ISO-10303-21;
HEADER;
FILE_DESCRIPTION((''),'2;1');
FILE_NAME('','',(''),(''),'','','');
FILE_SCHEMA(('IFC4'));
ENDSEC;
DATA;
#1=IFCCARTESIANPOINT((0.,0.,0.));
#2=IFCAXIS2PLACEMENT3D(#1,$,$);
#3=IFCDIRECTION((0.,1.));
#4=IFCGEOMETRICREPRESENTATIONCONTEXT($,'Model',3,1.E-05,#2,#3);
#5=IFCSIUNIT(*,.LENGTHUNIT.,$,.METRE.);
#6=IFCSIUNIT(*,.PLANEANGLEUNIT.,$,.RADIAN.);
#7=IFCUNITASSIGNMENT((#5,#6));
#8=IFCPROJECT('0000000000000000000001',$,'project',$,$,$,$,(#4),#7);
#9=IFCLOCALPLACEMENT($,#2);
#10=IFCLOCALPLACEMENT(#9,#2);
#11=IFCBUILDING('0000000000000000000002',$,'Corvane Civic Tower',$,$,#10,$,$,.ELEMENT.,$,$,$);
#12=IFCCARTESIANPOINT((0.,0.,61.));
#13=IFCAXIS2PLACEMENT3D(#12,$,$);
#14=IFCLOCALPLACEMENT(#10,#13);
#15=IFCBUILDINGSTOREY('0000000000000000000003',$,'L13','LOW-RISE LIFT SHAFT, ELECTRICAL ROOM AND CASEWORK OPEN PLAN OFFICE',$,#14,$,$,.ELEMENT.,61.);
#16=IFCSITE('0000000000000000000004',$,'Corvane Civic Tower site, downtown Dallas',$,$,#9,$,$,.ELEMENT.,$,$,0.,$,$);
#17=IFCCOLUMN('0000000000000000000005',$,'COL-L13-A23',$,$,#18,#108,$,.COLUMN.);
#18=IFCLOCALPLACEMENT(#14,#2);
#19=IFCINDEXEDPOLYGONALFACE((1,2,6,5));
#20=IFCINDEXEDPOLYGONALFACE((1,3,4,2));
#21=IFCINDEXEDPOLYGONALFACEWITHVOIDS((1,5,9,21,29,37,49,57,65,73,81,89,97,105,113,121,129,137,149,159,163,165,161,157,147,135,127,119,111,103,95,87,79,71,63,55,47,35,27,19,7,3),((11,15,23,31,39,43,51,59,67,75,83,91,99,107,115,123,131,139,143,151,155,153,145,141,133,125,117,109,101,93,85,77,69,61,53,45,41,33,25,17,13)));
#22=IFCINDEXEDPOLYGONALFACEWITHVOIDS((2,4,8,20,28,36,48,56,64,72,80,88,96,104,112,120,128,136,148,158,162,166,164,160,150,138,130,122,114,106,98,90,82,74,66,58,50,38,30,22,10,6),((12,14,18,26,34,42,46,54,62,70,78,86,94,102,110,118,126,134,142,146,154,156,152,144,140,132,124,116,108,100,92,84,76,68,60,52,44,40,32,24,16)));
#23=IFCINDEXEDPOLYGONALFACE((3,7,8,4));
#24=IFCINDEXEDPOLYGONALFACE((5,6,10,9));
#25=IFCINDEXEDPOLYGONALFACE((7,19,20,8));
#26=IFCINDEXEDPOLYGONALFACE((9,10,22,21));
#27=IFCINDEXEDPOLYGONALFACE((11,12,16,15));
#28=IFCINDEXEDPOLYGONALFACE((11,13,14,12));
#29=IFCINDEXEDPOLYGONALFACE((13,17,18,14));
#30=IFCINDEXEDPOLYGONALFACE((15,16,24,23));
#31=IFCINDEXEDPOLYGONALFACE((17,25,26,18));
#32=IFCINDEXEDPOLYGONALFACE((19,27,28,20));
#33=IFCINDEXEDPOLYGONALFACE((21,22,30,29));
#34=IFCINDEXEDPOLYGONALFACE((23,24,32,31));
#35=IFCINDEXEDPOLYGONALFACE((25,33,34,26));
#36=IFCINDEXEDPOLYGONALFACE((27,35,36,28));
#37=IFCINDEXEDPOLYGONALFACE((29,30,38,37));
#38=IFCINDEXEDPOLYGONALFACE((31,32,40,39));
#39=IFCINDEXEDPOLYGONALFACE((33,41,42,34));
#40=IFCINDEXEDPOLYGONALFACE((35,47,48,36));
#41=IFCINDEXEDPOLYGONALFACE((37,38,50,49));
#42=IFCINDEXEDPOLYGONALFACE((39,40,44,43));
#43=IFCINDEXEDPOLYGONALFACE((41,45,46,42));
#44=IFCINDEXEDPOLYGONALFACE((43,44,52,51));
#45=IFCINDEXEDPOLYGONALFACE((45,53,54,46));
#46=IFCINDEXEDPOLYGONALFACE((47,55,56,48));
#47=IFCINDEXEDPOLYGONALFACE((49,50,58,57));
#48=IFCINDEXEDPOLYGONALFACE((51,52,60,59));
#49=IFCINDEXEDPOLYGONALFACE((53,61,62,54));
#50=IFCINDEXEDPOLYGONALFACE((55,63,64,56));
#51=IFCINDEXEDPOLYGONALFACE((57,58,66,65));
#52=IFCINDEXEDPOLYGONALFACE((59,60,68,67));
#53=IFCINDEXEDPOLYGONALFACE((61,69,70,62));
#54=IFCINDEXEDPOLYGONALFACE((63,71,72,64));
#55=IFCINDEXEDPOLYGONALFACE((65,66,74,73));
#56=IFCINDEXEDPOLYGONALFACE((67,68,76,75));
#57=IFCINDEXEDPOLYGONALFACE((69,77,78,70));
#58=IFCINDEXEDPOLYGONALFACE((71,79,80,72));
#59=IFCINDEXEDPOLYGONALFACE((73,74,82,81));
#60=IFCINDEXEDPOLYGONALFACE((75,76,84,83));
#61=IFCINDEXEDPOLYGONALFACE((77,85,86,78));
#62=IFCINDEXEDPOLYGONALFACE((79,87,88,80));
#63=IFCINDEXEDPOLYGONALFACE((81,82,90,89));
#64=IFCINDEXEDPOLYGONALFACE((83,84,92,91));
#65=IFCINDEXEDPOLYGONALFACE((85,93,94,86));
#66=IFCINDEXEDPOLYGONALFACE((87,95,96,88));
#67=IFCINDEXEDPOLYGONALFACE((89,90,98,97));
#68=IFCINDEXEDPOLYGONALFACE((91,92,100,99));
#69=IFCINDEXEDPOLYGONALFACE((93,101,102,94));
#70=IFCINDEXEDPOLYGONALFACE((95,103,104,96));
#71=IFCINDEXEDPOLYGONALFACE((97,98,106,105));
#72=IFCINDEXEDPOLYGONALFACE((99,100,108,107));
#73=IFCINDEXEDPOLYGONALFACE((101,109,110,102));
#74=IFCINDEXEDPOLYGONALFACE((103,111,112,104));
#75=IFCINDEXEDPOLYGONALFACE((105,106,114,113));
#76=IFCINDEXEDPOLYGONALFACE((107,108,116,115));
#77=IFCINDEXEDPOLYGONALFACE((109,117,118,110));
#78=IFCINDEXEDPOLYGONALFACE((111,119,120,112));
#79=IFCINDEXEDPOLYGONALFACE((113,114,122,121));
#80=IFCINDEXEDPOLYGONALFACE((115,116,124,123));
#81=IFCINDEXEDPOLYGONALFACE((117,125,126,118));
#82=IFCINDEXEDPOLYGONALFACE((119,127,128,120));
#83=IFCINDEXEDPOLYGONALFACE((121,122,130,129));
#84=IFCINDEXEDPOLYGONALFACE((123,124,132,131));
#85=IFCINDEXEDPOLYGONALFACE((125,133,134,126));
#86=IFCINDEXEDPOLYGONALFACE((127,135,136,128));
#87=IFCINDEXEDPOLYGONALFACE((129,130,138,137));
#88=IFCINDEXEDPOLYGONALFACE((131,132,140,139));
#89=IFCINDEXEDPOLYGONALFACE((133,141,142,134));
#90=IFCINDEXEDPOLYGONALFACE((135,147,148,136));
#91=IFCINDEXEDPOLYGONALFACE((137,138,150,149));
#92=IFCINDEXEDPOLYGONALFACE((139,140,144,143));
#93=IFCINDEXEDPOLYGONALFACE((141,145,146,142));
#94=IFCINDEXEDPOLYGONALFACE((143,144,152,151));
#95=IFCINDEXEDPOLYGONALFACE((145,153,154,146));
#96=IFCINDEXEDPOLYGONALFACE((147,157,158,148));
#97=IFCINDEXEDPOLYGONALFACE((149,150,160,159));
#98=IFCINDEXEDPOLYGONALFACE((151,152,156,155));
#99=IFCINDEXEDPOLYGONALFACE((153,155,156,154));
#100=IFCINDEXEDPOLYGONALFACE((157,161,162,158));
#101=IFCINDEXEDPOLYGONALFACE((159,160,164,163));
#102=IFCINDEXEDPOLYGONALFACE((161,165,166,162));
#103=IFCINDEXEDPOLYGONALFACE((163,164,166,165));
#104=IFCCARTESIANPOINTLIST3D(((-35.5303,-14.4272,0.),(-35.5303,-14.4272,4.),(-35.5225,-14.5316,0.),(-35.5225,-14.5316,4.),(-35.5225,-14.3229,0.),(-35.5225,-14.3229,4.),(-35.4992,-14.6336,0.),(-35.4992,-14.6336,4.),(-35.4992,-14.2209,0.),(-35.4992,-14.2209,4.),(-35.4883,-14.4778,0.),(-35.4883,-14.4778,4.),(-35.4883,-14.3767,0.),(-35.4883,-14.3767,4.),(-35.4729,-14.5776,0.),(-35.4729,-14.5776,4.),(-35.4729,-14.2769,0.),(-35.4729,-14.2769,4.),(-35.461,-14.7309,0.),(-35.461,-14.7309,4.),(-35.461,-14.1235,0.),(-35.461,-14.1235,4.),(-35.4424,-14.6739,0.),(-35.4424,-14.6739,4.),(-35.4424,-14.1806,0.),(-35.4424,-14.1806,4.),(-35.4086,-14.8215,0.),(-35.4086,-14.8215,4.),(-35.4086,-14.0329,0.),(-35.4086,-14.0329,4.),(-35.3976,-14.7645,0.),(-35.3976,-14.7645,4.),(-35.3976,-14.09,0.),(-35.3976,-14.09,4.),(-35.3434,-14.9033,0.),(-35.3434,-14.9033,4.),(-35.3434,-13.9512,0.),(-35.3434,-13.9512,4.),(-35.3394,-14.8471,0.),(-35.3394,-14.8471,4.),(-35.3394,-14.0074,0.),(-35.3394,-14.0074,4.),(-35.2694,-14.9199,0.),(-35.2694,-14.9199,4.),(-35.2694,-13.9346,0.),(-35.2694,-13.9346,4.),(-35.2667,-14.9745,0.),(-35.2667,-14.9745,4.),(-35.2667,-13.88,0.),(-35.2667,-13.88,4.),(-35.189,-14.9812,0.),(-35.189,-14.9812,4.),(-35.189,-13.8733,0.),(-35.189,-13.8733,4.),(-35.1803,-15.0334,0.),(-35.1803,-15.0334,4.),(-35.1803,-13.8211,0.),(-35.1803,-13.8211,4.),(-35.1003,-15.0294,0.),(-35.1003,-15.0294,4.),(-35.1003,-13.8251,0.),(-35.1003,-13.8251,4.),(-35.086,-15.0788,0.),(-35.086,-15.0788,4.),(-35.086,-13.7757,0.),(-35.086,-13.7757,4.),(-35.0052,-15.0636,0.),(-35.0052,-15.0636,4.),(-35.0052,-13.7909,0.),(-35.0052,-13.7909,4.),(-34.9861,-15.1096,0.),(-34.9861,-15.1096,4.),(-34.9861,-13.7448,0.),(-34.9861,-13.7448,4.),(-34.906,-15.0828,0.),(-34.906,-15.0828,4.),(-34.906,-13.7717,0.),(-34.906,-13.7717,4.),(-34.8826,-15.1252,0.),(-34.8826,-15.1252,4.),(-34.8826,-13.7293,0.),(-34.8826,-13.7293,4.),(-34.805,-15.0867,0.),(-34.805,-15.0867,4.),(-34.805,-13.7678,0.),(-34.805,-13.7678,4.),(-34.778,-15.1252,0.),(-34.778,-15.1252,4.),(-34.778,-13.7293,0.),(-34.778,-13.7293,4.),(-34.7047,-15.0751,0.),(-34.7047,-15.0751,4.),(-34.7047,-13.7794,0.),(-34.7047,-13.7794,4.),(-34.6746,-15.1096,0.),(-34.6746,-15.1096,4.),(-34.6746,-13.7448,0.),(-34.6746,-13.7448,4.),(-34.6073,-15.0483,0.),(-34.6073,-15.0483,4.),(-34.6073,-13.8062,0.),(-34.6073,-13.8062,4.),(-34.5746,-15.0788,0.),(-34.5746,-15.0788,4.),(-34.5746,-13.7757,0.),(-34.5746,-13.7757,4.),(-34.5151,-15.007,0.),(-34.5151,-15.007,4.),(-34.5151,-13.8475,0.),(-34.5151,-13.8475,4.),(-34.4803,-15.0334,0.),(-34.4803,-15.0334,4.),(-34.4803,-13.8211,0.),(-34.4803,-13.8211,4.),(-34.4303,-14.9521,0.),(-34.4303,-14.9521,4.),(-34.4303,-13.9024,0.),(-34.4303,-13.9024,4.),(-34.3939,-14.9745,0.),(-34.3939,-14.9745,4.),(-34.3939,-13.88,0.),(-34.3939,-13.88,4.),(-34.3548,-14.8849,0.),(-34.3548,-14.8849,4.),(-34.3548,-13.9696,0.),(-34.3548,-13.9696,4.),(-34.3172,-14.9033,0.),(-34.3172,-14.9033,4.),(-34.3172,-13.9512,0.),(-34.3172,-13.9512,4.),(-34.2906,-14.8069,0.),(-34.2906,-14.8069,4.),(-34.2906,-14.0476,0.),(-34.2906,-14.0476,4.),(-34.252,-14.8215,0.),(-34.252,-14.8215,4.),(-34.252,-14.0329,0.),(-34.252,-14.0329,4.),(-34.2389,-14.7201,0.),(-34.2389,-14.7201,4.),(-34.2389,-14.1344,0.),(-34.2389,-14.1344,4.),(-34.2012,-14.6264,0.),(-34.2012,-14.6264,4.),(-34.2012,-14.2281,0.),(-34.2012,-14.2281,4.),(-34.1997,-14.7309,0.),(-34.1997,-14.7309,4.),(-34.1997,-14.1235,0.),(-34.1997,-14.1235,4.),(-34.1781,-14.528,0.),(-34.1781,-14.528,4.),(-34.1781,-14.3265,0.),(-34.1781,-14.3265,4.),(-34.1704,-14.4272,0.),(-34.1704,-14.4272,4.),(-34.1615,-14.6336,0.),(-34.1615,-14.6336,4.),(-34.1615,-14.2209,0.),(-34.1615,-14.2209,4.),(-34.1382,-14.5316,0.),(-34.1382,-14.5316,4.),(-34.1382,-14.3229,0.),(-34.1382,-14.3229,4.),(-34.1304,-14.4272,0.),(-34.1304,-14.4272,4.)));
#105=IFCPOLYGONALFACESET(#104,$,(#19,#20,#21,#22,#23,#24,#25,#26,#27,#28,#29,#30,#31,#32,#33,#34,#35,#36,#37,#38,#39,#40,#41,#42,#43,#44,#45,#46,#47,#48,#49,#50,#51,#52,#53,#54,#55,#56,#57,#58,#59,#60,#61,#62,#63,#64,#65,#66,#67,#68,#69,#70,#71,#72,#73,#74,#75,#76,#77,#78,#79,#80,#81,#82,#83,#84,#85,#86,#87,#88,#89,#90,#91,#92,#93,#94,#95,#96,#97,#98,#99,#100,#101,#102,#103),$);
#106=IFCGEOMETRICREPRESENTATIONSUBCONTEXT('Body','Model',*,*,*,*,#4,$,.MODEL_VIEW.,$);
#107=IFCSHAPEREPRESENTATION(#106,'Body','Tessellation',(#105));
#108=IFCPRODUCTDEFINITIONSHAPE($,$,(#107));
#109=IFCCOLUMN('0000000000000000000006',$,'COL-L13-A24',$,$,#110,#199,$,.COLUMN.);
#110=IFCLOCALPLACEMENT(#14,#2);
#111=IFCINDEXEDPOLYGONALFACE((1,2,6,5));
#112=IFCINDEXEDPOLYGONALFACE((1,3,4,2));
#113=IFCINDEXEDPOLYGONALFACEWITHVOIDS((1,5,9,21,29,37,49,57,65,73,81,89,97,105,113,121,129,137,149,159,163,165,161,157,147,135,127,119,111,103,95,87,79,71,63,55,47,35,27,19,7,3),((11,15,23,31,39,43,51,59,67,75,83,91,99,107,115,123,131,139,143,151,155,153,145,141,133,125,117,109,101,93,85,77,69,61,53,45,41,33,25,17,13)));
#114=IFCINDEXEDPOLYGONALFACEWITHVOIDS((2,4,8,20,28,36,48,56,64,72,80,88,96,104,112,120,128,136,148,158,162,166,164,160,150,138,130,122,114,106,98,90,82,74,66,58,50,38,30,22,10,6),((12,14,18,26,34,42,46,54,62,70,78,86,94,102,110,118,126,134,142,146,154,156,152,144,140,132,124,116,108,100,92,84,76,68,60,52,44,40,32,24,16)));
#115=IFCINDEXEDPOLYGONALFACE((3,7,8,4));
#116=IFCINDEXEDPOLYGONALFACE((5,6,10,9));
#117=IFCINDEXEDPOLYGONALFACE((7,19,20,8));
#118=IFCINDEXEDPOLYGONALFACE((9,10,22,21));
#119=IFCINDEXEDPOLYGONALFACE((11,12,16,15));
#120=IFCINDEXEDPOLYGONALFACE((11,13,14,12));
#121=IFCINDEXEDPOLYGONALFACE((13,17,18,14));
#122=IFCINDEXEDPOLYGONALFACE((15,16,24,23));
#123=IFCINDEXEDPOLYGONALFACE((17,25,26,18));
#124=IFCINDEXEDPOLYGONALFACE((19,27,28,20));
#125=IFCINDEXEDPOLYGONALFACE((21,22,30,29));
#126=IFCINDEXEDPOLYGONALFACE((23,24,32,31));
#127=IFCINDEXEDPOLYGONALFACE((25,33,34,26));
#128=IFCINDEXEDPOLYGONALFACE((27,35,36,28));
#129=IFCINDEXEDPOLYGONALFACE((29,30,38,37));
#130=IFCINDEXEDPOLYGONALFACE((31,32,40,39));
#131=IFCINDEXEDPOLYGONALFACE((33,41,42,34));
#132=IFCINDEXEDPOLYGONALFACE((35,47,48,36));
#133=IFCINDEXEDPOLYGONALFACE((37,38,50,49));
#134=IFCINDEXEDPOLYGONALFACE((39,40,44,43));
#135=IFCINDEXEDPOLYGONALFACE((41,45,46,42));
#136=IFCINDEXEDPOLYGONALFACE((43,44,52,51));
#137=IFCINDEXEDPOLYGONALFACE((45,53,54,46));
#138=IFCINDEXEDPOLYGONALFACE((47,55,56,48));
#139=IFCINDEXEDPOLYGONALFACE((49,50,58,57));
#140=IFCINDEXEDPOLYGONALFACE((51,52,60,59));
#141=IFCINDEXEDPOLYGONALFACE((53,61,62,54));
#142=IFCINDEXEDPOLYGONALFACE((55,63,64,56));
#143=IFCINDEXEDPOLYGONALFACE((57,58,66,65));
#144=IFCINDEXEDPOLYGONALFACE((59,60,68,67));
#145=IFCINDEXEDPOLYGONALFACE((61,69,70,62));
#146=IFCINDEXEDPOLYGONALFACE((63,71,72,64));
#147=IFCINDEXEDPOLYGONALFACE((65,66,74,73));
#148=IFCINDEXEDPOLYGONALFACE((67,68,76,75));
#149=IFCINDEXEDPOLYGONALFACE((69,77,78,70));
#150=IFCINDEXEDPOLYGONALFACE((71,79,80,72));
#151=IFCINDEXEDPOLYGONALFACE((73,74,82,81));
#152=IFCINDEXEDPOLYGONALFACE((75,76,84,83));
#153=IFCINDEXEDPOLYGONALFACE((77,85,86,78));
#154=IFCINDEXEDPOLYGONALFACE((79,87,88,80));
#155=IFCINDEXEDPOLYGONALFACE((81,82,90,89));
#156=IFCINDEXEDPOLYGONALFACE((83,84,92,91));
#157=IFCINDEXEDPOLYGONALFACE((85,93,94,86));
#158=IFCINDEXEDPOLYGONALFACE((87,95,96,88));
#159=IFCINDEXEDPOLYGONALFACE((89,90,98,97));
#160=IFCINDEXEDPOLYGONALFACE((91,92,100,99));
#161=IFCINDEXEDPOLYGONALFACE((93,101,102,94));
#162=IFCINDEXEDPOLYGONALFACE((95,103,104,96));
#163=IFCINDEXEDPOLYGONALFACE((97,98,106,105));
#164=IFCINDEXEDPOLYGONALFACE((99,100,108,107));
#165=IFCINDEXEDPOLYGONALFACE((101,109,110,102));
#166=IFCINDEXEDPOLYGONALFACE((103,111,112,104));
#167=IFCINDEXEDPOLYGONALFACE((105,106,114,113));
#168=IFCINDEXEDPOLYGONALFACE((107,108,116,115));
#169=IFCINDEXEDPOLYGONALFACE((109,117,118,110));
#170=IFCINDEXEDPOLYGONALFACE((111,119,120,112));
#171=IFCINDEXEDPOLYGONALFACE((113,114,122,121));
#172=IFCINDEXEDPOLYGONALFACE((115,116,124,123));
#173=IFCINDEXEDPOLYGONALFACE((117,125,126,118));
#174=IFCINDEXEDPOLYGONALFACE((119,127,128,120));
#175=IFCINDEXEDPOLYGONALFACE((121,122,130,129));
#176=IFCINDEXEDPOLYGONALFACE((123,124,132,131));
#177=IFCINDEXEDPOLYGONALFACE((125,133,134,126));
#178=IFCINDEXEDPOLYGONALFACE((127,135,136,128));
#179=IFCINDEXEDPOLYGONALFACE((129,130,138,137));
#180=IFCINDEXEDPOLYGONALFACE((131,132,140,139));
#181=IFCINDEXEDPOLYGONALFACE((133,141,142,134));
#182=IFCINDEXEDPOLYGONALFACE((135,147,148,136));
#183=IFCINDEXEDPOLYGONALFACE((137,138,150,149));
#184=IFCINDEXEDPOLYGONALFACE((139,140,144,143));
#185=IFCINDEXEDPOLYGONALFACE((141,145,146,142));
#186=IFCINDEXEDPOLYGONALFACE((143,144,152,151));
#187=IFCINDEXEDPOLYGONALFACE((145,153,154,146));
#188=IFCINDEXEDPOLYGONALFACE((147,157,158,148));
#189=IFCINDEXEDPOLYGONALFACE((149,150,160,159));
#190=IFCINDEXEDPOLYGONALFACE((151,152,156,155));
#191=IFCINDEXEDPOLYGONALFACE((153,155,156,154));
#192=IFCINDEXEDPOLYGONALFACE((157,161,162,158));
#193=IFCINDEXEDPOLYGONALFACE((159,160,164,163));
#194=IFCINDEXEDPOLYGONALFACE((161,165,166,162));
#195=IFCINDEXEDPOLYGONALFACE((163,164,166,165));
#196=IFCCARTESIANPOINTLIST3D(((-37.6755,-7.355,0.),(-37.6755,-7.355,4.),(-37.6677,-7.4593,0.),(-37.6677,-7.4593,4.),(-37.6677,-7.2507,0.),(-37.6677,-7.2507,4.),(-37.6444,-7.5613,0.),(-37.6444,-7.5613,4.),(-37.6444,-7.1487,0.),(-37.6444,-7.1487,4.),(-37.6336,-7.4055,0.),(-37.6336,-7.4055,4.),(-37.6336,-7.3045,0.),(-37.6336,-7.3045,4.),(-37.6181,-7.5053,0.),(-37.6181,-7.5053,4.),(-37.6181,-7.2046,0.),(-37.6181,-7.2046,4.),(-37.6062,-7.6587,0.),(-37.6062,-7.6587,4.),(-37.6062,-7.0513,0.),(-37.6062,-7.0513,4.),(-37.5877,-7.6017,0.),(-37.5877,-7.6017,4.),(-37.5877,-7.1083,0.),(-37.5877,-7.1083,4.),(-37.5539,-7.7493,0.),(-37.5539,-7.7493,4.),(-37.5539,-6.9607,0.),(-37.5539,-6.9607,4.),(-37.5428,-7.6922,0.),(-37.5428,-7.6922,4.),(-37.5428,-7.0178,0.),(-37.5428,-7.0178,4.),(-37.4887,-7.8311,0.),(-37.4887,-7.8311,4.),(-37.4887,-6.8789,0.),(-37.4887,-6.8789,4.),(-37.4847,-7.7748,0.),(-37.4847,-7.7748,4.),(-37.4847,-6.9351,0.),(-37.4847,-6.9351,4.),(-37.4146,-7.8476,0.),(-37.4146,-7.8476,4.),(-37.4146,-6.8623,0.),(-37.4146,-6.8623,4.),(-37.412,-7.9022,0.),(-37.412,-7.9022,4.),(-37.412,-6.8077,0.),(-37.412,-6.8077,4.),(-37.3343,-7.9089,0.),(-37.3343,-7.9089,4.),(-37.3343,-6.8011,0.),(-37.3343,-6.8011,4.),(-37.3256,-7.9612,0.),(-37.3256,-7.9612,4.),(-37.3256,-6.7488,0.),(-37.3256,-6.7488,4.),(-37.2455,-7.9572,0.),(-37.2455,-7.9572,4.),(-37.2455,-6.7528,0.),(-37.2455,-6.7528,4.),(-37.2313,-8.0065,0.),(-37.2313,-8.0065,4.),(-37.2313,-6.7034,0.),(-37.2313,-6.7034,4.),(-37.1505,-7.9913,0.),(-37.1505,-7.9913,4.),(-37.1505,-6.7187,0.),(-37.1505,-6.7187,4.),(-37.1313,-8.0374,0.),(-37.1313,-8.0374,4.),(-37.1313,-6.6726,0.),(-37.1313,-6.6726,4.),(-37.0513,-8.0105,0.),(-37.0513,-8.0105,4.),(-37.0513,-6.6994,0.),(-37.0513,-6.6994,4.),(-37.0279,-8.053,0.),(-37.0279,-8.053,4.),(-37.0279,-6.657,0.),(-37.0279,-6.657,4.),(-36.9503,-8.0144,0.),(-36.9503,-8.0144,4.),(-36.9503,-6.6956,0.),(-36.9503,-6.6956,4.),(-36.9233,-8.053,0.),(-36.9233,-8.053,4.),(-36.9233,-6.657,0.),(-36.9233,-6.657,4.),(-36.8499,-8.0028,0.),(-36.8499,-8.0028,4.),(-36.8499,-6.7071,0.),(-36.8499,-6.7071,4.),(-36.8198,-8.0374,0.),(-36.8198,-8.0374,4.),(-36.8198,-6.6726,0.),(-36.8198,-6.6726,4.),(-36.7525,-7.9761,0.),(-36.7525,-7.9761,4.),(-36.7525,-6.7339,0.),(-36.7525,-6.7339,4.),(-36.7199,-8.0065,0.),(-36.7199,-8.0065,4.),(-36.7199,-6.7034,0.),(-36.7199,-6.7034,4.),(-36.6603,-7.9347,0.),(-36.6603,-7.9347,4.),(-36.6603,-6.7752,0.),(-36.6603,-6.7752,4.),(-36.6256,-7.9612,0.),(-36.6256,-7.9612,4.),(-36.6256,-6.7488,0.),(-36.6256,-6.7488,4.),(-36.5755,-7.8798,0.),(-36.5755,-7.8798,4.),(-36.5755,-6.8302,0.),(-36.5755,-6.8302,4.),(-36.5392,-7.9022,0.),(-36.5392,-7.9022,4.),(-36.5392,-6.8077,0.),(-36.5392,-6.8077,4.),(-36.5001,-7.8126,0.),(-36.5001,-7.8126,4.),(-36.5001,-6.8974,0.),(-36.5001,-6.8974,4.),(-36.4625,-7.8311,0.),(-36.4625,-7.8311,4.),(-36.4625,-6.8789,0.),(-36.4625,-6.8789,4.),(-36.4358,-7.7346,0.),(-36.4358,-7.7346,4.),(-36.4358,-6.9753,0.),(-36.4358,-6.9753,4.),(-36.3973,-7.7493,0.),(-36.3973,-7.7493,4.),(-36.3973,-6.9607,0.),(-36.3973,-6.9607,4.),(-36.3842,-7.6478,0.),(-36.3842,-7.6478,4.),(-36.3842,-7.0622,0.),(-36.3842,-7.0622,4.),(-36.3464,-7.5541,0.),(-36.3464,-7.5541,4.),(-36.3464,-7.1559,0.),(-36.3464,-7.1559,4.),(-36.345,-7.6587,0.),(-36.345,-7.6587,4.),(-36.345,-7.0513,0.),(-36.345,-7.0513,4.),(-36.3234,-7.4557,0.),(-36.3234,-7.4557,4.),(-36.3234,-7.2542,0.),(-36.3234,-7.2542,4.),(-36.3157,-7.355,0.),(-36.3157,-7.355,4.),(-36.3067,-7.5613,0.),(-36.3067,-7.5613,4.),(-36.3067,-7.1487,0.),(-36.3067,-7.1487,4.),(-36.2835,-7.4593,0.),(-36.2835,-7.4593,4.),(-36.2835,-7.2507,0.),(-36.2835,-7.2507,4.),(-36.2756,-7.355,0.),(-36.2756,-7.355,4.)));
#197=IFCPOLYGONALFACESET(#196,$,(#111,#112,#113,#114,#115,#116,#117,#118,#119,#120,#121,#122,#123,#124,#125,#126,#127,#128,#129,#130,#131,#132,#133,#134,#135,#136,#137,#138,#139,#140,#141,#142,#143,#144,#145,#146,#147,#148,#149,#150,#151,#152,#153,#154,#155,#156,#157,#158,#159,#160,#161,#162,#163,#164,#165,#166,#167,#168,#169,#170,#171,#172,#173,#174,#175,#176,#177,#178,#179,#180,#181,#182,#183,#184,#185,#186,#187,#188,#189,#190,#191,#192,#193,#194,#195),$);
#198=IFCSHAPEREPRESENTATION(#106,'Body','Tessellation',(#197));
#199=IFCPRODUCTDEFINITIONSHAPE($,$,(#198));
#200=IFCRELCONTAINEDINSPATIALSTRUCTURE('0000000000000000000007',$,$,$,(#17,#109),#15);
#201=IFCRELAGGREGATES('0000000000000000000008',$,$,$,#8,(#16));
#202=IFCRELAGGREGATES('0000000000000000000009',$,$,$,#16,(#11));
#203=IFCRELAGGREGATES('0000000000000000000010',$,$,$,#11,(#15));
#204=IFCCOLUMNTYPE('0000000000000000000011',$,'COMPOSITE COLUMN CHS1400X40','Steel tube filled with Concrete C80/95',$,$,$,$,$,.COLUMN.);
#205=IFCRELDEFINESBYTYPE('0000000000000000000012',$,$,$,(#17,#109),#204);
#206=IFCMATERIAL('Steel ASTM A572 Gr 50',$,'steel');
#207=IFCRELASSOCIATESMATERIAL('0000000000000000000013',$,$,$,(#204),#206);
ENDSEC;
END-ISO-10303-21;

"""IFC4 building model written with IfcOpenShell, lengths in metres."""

from ifc_helpers import new_model, si_unit, direction, frame, origin, origin_2d, place, context, subcontext, project, spatial, hollow_circle, extrude, material, material_profile, profile_set, type_object, element, save


model = new_model("IFC4")

# Units and contexts
model_context = context("Model", 3, precision=1e-05, world=origin(), true_north=direction((0.0, 1.0)))
body_context = subcontext(model_context, "Body", "Model", "MODEL_VIEW")
ifc_project = project(units=[si_unit("LENGTHUNIT", "METRE"), si_unit("PLANEANGLEUNIT", "RADIAN")], contexts=[model_context])

# Site, building, storey
site_placement = place(None, origin())
site = spatial("IfcSite", under=ifc_project, at=site_placement, Name="Corvane Civic Tower site, downtown Dallas", CompositionType="ELEMENT", RefElevation=0.0)
building_placement = place(site_placement, origin())
building = spatial("IfcBuilding", under=site, at=building_placement, Name="Corvane Civic Tower", CompositionType="ELEMENT")
storey_placement = place(building_placement, frame((0.0, 0.0, 61.0)))
storey = spatial("IfcBuildingStorey", under=building, at=storey_placement, Name="L13", Description="LOW-RISE LIFT SHAFT, ELECTRICAL ROOM AND CASEWORK OPEN PLAN OFFICE", CompositionType="ELEMENT", Elevation=61.0)

# Columns
ifc_material_1 = material(Name="Steel ASTM A572 Gr 50", Category="steel")
ifc_material_profile_1 = material_profile(ifc_material_1, hollow_circle(Radius=0.7, WallThickness=0.04, at=origin_2d()), Name="CHS1400X40")
ifc_profile_set_1 = profile_set([ifc_material_profile_1], Name="Steel ASTM A572 Gr 50")
column_type = type_object("IfcColumnType", Name="COMPOSITE COLUMN CHS1400X40", Description="Steel tube filled with Concrete C80/95", PredefinedType="COLUMN", material=ifc_profile_set_1)
for number, where, z_axis, x_axis, name in (
    (1, (-34.8303, -14.4272, 0.0), (0.0, 0.0, 1.0), (1.0, 0.0, 0.0), "COL-L13-A23"),
    (2, (-36.9756, -7.355, 0.0), (0.0, 0.0, 1.0), (1.0, 0.0, 0.0), "COL-L13-A24"),
):
    element("IfcColumn", number, at=place(storey_placement, frame(where, z_axis=z_axis, x_axis=x_axis)), inside=storey, type_object=column_type, Name=name, PredefinedType="COLUMN", context=body_context, shape_type="SweptSolid", body=[
        extrude(hollow_circle(Radius=0.7, WallThickness=0.04, at=origin_2d()), origin(), (0.0, 0.0, 1.0), 4.0),
    ])

save(model, "model.ifc")
